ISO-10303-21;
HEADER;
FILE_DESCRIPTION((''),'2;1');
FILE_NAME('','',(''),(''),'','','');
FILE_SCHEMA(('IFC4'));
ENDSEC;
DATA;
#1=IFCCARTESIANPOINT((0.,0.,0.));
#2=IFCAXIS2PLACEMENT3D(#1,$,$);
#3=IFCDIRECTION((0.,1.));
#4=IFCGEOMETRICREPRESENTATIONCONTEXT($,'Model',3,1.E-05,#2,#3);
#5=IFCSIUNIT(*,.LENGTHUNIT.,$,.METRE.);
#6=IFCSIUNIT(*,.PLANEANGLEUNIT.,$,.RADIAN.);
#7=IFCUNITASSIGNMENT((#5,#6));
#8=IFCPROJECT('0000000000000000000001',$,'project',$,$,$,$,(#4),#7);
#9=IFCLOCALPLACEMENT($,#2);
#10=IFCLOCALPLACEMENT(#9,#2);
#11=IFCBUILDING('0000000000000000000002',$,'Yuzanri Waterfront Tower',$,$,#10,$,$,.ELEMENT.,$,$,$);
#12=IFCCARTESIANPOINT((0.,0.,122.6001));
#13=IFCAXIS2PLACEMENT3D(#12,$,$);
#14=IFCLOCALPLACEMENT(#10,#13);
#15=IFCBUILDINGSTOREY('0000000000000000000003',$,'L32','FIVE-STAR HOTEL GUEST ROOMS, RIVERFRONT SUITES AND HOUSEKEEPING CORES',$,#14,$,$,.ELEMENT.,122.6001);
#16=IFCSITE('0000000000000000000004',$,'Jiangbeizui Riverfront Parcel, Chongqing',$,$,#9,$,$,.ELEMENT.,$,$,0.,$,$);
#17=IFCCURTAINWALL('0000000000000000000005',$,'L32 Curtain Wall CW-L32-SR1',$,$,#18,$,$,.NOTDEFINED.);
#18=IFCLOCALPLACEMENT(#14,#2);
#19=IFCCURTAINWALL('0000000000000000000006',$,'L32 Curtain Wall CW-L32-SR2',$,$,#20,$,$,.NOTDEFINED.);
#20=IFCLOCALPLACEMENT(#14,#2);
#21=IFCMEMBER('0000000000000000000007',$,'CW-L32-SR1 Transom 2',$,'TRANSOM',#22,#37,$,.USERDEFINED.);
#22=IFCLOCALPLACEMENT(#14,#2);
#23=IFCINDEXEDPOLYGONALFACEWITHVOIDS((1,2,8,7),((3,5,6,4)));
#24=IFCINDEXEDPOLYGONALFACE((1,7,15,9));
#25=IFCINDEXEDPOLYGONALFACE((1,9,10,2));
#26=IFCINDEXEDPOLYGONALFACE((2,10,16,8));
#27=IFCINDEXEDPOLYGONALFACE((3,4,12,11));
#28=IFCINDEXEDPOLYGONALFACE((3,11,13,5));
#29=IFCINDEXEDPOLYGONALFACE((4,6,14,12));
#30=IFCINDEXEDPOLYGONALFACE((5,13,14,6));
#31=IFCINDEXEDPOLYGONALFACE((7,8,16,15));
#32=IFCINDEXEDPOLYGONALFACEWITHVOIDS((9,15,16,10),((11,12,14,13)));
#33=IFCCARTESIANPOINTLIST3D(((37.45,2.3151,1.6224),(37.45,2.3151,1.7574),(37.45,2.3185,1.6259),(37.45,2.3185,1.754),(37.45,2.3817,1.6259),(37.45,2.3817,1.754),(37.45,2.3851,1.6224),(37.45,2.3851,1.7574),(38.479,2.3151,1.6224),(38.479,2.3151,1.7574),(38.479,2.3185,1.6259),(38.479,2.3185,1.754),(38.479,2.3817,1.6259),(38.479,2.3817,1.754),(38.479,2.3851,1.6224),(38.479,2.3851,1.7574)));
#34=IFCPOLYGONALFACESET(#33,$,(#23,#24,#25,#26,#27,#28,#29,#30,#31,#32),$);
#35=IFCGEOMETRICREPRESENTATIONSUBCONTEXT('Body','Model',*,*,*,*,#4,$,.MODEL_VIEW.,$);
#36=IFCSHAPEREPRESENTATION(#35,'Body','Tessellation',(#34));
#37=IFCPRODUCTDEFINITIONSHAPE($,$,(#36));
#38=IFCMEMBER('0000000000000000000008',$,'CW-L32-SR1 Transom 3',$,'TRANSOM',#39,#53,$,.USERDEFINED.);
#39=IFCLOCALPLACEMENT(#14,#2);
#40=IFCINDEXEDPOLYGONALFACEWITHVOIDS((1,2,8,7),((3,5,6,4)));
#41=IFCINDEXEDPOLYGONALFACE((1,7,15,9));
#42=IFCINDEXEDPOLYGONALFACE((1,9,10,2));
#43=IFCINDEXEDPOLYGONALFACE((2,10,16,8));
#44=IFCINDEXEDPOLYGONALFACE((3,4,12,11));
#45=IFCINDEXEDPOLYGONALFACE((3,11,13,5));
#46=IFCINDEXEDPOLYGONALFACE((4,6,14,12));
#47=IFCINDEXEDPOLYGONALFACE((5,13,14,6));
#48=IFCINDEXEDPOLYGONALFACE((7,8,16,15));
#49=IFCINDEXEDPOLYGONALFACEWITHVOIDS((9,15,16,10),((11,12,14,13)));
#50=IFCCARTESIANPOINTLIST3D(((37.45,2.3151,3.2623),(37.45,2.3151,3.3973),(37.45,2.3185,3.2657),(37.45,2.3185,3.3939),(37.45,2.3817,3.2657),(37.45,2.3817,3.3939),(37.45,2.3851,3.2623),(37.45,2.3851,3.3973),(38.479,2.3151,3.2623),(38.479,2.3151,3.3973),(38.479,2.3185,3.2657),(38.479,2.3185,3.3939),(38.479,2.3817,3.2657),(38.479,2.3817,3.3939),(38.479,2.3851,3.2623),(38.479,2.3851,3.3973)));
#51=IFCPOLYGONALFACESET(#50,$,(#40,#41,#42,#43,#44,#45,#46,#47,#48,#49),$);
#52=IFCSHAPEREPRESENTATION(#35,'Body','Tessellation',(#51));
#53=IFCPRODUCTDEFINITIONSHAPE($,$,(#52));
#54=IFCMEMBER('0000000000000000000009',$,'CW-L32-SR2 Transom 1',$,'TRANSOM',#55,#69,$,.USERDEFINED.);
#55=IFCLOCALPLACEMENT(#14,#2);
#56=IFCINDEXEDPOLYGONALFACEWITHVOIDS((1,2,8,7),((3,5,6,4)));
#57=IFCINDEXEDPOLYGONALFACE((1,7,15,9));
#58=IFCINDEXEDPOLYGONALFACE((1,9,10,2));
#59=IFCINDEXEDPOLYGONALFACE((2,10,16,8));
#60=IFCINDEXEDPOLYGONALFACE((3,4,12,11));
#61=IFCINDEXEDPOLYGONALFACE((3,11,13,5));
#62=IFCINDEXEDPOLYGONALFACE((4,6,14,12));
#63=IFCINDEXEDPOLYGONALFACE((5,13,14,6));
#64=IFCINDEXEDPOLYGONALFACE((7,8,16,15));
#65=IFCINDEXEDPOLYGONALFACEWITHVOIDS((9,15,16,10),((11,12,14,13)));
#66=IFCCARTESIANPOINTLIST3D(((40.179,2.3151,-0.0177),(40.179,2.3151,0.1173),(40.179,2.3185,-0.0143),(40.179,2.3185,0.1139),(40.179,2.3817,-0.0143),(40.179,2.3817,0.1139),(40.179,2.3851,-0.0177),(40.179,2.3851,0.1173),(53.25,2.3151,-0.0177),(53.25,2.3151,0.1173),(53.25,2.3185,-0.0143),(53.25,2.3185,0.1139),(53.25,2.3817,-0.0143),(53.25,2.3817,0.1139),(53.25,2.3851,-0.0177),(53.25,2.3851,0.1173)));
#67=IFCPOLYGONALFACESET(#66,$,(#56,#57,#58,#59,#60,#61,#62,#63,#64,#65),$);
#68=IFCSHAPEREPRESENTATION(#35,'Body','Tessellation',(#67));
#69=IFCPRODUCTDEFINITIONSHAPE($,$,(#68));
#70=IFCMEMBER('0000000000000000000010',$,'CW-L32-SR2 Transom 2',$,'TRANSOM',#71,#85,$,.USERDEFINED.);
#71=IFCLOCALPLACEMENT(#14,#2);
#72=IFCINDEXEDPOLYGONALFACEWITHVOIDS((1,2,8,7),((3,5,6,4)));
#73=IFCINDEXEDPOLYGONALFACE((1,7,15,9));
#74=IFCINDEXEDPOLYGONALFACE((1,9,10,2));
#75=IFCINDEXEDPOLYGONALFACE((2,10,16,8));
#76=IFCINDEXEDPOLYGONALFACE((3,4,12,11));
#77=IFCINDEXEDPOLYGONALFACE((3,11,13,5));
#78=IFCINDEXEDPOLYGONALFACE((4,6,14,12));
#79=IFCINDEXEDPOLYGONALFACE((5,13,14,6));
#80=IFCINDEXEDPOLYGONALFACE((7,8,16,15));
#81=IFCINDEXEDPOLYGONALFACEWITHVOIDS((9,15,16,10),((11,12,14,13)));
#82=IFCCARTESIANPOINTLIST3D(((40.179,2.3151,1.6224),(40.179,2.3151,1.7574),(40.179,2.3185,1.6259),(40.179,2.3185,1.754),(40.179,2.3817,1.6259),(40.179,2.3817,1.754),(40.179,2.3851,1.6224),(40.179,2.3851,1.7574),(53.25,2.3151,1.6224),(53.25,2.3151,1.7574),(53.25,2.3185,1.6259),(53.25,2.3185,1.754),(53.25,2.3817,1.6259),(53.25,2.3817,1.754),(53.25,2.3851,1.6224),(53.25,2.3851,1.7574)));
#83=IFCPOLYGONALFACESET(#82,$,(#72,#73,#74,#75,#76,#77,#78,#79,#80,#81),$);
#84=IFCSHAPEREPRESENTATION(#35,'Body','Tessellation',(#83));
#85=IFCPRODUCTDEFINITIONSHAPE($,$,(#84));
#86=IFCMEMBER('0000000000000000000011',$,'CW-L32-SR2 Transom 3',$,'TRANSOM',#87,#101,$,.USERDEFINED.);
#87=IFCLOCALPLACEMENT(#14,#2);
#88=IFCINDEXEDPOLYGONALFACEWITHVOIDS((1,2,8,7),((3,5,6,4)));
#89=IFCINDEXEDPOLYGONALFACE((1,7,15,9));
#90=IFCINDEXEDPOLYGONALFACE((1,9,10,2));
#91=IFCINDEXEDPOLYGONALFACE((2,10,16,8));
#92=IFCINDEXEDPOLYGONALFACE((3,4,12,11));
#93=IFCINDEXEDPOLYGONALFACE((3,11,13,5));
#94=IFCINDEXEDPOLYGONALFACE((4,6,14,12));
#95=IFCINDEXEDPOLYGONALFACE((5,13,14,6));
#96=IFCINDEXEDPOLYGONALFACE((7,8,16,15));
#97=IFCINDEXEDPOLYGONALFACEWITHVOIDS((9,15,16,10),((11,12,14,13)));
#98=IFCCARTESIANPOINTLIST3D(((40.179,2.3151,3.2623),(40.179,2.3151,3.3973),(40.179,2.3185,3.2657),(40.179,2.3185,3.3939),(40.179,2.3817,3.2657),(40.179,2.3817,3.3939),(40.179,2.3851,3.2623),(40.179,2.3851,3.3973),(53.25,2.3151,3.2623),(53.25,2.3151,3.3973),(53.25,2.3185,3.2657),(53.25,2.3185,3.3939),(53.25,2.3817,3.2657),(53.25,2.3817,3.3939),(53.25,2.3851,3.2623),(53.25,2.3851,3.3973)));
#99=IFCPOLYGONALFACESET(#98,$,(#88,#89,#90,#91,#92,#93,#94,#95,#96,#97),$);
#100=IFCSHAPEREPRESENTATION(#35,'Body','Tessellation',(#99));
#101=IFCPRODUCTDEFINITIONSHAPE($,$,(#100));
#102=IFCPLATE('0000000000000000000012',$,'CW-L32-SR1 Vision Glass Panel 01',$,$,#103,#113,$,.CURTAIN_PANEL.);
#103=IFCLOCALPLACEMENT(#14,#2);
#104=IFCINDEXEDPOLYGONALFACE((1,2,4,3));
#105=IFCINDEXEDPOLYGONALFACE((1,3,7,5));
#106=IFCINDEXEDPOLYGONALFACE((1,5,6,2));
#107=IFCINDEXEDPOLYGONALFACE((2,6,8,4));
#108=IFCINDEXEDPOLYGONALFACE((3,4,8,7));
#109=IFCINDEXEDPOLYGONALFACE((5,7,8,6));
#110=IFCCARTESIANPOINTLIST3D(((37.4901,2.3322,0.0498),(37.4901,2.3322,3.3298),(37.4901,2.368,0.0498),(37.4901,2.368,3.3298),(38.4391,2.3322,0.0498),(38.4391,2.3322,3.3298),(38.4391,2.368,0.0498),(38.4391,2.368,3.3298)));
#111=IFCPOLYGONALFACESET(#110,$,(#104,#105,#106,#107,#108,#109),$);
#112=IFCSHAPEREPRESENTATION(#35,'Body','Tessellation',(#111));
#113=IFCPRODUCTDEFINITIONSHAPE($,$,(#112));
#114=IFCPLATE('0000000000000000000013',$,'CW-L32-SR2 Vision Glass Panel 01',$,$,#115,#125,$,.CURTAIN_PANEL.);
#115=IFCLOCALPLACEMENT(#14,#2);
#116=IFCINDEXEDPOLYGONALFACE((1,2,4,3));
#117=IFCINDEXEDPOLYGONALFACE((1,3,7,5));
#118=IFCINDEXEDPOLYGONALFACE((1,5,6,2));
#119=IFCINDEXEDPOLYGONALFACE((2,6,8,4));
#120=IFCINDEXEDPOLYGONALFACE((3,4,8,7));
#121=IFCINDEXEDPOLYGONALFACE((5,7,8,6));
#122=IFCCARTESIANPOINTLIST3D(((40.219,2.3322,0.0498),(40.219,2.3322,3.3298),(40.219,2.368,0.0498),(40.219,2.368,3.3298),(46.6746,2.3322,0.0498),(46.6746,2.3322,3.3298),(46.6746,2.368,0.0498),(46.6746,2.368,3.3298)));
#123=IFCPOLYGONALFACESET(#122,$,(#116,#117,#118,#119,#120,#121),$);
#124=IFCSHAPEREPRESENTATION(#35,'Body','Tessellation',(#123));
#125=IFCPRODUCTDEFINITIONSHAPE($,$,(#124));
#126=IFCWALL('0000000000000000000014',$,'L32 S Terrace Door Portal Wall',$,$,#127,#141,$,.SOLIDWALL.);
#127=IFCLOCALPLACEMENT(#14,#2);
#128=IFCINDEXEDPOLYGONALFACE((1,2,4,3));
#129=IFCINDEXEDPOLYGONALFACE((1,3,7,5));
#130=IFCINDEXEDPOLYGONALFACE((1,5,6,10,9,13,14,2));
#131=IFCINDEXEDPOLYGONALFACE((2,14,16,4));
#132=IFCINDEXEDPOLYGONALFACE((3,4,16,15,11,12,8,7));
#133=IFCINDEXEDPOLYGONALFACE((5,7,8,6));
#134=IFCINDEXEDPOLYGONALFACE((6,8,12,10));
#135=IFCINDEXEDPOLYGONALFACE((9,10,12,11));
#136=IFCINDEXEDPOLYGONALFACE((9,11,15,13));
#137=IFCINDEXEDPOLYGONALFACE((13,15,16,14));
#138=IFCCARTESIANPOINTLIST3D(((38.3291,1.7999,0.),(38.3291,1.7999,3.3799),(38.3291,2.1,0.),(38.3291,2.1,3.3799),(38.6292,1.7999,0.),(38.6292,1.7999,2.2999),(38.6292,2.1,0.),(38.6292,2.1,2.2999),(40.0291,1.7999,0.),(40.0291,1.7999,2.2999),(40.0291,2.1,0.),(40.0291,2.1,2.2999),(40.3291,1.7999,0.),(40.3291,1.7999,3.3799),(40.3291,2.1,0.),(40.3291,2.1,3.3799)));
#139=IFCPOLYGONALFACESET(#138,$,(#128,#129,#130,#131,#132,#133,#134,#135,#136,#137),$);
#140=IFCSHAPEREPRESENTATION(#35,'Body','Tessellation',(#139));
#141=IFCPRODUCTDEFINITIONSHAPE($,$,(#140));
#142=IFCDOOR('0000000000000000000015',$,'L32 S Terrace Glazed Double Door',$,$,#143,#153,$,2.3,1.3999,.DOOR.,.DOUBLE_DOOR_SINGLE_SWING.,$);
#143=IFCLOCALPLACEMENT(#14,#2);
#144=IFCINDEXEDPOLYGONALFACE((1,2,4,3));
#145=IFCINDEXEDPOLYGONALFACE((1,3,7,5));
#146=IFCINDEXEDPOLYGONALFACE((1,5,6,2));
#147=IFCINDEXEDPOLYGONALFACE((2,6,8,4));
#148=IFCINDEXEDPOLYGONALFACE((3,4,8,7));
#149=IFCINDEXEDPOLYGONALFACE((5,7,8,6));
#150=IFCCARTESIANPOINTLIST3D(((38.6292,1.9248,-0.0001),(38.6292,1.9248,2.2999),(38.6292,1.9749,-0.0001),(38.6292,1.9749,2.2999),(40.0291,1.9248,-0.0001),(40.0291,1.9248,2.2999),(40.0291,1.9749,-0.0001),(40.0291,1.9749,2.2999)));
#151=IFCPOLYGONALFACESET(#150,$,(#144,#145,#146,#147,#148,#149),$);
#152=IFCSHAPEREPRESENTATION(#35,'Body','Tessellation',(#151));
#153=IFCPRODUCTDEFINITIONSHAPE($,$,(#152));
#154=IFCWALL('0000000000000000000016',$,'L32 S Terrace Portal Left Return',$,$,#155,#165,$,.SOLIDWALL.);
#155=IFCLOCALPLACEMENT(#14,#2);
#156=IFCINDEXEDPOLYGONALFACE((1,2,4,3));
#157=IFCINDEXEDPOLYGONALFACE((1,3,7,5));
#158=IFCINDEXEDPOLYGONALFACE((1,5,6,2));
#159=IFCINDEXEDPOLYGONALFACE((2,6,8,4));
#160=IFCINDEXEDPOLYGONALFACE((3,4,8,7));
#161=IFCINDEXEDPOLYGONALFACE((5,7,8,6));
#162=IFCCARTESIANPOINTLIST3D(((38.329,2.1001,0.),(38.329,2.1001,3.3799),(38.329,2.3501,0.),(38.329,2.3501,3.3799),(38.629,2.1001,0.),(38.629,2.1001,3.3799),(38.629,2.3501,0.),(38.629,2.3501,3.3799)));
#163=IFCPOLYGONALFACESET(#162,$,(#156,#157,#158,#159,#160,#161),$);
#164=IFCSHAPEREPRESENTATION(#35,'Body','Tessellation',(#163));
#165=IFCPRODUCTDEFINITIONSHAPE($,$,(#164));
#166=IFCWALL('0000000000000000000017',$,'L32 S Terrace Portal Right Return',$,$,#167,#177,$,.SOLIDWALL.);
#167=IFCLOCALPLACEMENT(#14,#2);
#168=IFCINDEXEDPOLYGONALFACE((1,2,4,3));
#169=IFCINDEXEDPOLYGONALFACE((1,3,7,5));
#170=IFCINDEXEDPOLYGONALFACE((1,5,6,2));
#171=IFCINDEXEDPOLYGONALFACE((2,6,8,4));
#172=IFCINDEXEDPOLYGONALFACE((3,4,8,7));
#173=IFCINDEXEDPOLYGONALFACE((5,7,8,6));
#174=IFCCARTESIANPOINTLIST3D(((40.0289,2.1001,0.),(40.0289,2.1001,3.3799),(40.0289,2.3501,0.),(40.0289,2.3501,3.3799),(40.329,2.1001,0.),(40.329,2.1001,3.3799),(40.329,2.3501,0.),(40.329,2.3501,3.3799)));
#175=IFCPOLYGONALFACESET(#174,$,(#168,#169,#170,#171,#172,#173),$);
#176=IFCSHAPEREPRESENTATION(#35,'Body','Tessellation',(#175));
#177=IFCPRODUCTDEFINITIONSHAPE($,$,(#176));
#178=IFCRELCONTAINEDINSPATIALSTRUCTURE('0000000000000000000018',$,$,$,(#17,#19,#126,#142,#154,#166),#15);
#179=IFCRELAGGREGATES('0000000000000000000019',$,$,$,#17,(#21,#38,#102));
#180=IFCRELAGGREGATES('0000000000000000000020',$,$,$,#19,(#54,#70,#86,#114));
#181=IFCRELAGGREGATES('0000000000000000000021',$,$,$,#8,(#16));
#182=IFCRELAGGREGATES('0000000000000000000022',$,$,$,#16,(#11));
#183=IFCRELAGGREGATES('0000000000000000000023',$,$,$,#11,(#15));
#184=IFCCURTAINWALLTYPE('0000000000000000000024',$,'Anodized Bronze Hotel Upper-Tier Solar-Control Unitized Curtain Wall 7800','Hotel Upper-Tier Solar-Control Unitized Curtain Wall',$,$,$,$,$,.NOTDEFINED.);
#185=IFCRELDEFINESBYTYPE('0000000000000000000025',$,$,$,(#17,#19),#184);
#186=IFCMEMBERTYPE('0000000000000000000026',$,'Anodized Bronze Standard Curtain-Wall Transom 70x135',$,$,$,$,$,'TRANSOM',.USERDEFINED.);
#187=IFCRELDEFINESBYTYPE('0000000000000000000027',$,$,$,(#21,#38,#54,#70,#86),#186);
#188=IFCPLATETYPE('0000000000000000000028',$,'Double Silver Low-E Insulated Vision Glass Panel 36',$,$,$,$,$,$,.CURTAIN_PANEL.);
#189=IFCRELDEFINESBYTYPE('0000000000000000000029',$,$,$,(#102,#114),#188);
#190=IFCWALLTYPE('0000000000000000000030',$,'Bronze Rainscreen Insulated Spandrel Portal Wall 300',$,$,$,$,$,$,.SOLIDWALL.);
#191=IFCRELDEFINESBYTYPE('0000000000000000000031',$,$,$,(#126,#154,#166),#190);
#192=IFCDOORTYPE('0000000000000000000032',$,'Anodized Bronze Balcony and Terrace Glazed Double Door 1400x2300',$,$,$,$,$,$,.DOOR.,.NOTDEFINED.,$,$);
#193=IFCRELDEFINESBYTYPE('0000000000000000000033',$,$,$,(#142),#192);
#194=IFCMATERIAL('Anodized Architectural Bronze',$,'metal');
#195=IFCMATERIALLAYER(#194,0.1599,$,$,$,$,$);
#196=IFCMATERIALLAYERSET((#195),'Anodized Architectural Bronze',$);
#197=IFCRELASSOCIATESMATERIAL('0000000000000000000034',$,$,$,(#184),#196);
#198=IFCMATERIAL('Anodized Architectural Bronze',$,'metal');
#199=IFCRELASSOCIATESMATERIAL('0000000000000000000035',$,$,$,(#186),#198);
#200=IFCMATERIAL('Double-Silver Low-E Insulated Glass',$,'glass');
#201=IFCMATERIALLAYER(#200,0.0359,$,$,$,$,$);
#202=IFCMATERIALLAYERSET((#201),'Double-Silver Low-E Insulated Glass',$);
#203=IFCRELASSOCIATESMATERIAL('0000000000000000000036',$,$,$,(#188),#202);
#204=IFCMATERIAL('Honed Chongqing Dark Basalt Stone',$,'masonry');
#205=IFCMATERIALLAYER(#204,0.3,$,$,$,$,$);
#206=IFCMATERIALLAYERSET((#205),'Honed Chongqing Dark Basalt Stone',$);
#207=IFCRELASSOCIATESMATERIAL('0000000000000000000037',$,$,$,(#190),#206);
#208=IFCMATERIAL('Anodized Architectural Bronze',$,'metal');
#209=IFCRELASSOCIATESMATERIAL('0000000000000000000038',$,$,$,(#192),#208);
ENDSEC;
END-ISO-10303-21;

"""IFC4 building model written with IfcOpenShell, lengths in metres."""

from ifc_helpers import new_model, si_unit, direction, frame, frame_2d, origin, origin_2d, place, context, subcontext, project, spatial, rectangle, hollow_rectangle, extrude, source, transform, mapped, material, layer, layer_set, material_profile, profile_set, type_object, element, fill, aggregate, save


model = new_model("IFC4")

# Units and contexts
model_context = context("Model", 3, precision=1e-05, world=origin(), true_north=direction((0.0, 1.0)))
body_context = subcontext(model_context, "Body", "Model", "MODEL_VIEW")
ifc_project = project(units=[si_unit("LENGTHUNIT", "METRE"), si_unit("PLANEANGLEUNIT", "RADIAN")], contexts=[model_context])

# Site, building, storey
site_placement = place(None, origin())
site = spatial("IfcSite", under=ifc_project, at=site_placement, Name="Jiangbeizui Riverfront Parcel, Chongqing", CompositionType="ELEMENT", RefElevation=0.0)
building_placement = place(site_placement, origin())
building = spatial("IfcBuilding", under=site, at=building_placement, Name="Yuzanri Waterfront Tower", CompositionType="ELEMENT")
storey_placement = place(building_placement, frame((0.0, 0.0, 122.6001)))
storey = spatial("IfcBuildingStorey", under=building, at=storey_placement, Name="L32", Description="FIVE-STAR HOTEL GUEST ROOMS, RIVERFRONT SUITES AND HOUSEKEEPING CORES", CompositionType="ELEMENT", Elevation=122.6001)

# Curtain walls
ifc_material_1 = material(Name="Anodized Architectural Bronze", Category="metal")
ifc_layer_1 = layer(ifc_material_1, 0.1599)
ifc_layer_set_1 = layer_set([ifc_layer_1], Name="Anodized Architectural Bronze")
curtain_wall_type = type_object("IfcCurtainWallType", Name="Anodized Bronze Hotel Upper-Tier Solar-Control Unitized Curtain Wall 7800", Description="Hotel Upper-Tier Solar-Control Unitized Curtain Wall", PredefinedType="NOTDEFINED", material=ifc_layer_set_1)
curtain_wall_1_placement = place(storey_placement, origin())
curtain_wall_1 = element("IfcCurtainWall", 1, at=curtain_wall_1_placement, inside=storey, type_object=curtain_wall_type, Name="L32 Curtain Wall CW-L32-SR1", PredefinedType="NOTDEFINED")
curtain_wall_2_placement = place(storey_placement, origin())
curtain_wall_2 = element("IfcCurtainWall", 2, at=curtain_wall_2_placement, inside=storey, type_object=curtain_wall_type, Name="L32 Curtain Wall CW-L32-SR2", PredefinedType="NOTDEFINED")

# Members
ifc_material_2 = material(Name="Anodized Architectural Bronze", Category="metal")
ifc_material_profile_1 = material_profile(ifc_material_2, hollow_rectangle(XDim=0.0701, YDim=0.135, WallThickness=0.0034, at=origin_2d()), Name="CWT 70x135")
ifc_profile_set_1 = profile_set([ifc_material_profile_1], Name="Anodized Architectural Bronze")
member_type_1 = type_object("IfcMemberType", Name="Anodized Bronze Standard Curtain-Wall Transom 70x135", ElementType="TRANSOM", PredefinedType="USERDEFINED", material=ifc_profile_set_1)
shared_shape_1 = source(origin(), body_context, "Body", "SweptSolid", [
    extrude(hollow_rectangle(XDim=0.0701, YDim=0.135, WallThickness=0.0034, at=origin_2d()), origin(), (0.0, 0.0, 1.0), 1.0291),
])
member_1_placement = place(storey_placement, frame((37.45, 2.3501, 1.6899), z_axis=(1.0, 0.0, 0.0), x_axis=(0.0, 1.0, 0.0)))
member_1 = element("IfcMember", 3, at=member_1_placement, type_object=member_type_1, Name="CW-L32-SR1 Transom 2", ObjectType="TRANSOM", PredefinedType="USERDEFINED", context=body_context, shape_type="MappedRepresentation", body=[
    mapped(shared_shape_1, transform((0.0, 0.0, 0.0), scale=1.0)),
])
member_2_placement = place(storey_placement, frame((37.45, 2.3501, 3.3298), z_axis=(1.0, 0.0, 0.0), x_axis=(0.0, 1.0, 0.0)))
member_2 = element("IfcMember", 4, at=member_2_placement, type_object=member_type_1, Name="CW-L32-SR1 Transom 3", ObjectType="TRANSOM", PredefinedType="USERDEFINED", context=body_context, shape_type="MappedRepresentation", body=[
    mapped(shared_shape_1, transform((0.0, 0.0, 0.0), scale=1.0)),
])
shared_shape_2 = source(origin(), body_context, "Body", "SweptSolid", [
    extrude(hollow_rectangle(XDim=0.0701, YDim=0.135, WallThickness=0.0034, at=origin_2d()), origin(), (0.0, 0.0, 1.0), 13.071),
])
member_3_placement = place(storey_placement, frame((40.179, 2.3501, 0.0498), z_axis=(1.0, 0.0, 0.0), x_axis=(0.0, 1.0, 0.0)))
member_3 = element("IfcMember", 5, at=member_3_placement, type_object=member_type_1, Name="CW-L32-SR2 Transom 1", ObjectType="TRANSOM", PredefinedType="USERDEFINED", context=body_context, shape_type="MappedRepresentation", body=[
    mapped(shared_shape_2, transform((0.0, 0.0, 0.0), scale=1.0)),
])
member_4_placement = place(storey_placement, frame((40.179, 2.3501, 1.6899), z_axis=(1.0, 0.0, 0.0), x_axis=(0.0, 1.0, 0.0)))
member_4 = element("IfcMember", 6, at=member_4_placement, type_object=member_type_1, Name="CW-L32-SR2 Transom 2", ObjectType="TRANSOM", PredefinedType="USERDEFINED", context=body_context, shape_type="MappedRepresentation", body=[
    mapped(shared_shape_2, transform((0.0, 0.0, 0.0), scale=1.0)),
])
member_5_placement = place(storey_placement, frame((40.179, 2.3501, 3.3298), z_axis=(1.0, 0.0, 0.0), x_axis=(0.0, 1.0, 0.0)))
member_5 = element("IfcMember", 7, at=member_5_placement, type_object=member_type_1, Name="CW-L32-SR2 Transom 3", ObjectType="TRANSOM", PredefinedType="USERDEFINED", context=body_context, shape_type="MappedRepresentation", body=[
    mapped(shared_shape_2, transform((0.0, 0.0, 0.0), scale=1.0)),
])

# Plates
ifc_material_3 = material(Name="Double-Silver Low-E Insulated Glass", Category="glass")
ifc_layer_2 = layer(ifc_material_3, 0.0359)
ifc_layer_set_2 = layer_set([ifc_layer_2], Name="Double-Silver Low-E Insulated Glass")
plate_type = type_object("IfcPlateType", Name="Double Silver Low-E Insulated Vision Glass Panel 36", PredefinedType="CURTAIN_PANEL", material=ifc_layer_set_2)
shared_shape_3 = source(origin(), body_context, "Body", "SweptSolid", [
    extrude(rectangle(XDim=0.949, YDim=0.0359, at=origin_2d()), origin(), (0.0, 0.0, 1.0), 3.28),
])
plate_1_placement = place(storey_placement, frame((37.9646, 2.3501, 0.0498), z_axis=(0.0, 0.0, 1.0), x_axis=(1.0, 0.0, 0.0)))
plate_1 = element("IfcPlate", 8, at=plate_1_placement, type_object=plate_type, Name="CW-L32-SR1 Vision Glass Panel 01", PredefinedType="CURTAIN_PANEL", context=body_context, shape_type="MappedRepresentation", body=[
    mapped(shared_shape_3, transform((0.0, 0.0, 0.0), scale=1.0)),
])
aggregate(curtain_wall_1, [member_1, member_2, plate_1])
shared_shape_4 = source(origin(), body_context, "Body", "SweptSolid", [
    extrude(rectangle(XDim=6.4556, YDim=0.0359, at=origin_2d()), origin(), (0.0, 0.0, 1.0), 3.28),
])
plate_2_placement = place(storey_placement, frame((43.4468, 2.3501, 0.0498), z_axis=(0.0, 0.0, 1.0), x_axis=(1.0, 0.0, 0.0)))
plate_2 = element("IfcPlate", 9, at=plate_2_placement, type_object=plate_type, Name="CW-L32-SR2 Vision Glass Panel 01", PredefinedType="CURTAIN_PANEL", context=body_context, shape_type="MappedRepresentation", body=[
    mapped(shared_shape_4, transform((0.0, 0.0, 0.0), scale=1.0)),
])
aggregate(curtain_wall_2, [member_3, member_4, member_5, plate_2])

# Wall, opening, door
ifc_material_4 = material(Name="Honed Chongqing Dark Basalt Stone", Category="masonry")
ifc_layer_3 = layer(ifc_material_4, 0.3)
ifc_layer_set_3 = layer_set([ifc_layer_3], Name="Honed Chongqing Dark Basalt Stone")
wall_type = type_object("IfcWallType", Name="Bronze Rainscreen Insulated Spandrel Portal Wall 300", PredefinedType="SOLIDWALL", material=ifc_layer_set_3)
wall_placement = place(storey_placement, frame((38.3291, 1.95, 0.0), z_axis=(0.0, 0.0, 1.0), x_axis=(1.0, 0.0, 0.0)))
wall = element("IfcWall", 10, at=wall_placement, inside=storey, type_object=wall_type, Name="L32 S Terrace Door Portal Wall", PredefinedType="SOLIDWALL", context=body_context, shape_type="SweptSolid", body=[
    extrude(rectangle(XDim=2.0, YDim=0.3, at=frame_2d((1.0, 0.0))), origin(), (0.0, 0.0, 1.0), 3.3799),
])
opening_placement = place(wall_placement, frame((0.3, 0.0, 0.0)))
opening = element("IfcOpeningElement", 11, at=opening_placement, cuts=wall, PredefinedType="OPENING", context=body_context, shape_type="SweptSolid", body=[
    extrude(rectangle(XDim=1.3999, YDim=2.3, at=frame_2d((0.7, 1.1499))), frame((0.0, 0.165, 0.0), z_axis=(0.0, -1.0, 0.0), x_axis=(1.0, 0.0, 0.0)), (0.0, 0.0, 1.0), 0.3298),
])
ifc_material_5 = material(Name="Anodized Architectural Bronze", Category="metal")
door_type = type_object("IfcDoorType", Name="Anodized Bronze Balcony and Terrace Glazed Double Door 1400x2300", OperationType="NOTDEFINED", PredefinedType="DOOR", material=ifc_material_5)
shared_shape_5 = source(origin(), body_context, "Body", "SweptSolid", [
    extrude(rectangle(XDim=1.3999, YDim=2.3, at=frame_2d((0.7, 1.1499))), frame((0.0, 0.0249, 0.0), z_axis=(0.0, -1.0, 0.0), x_axis=(1.0, 0.0, 0.0)), (0.0, 0.0, 1.0), 0.05),
])
door_placement = place(opening_placement, origin())
door = element("IfcDoor", 12, at=door_placement, inside=storey, type_object=door_type, Name="L32 S Terrace Glazed Double Door", OperationType="DOUBLE_DOOR_SINGLE_SWING", OverallHeight=2.3, OverallWidth=1.3999, PredefinedType="DOOR", context=body_context, shape_type="MappedRepresentation", body=[
    mapped(shared_shape_5, transform((0.0, 0.0, 0.0), scale=1.0)),
])
fill(opening, door)

# Walls
shared_shape_6 = source(origin(), body_context, "Body", "SweptSolid", [
    extrude(rectangle(XDim=0.25, YDim=0.3, at=frame_2d((0.125, 0.0))), origin(), (0.0, 0.0, 1.0), 3.3799),
])
for number, where, z_axis, x_axis, name in (
    (13, (38.479, 2.3501, 0.0), (0.0, 0.0, 1.0), (0.0, -1.0, 0.0), "L32 S Terrace Portal Left Return"),
    (14, (40.179, 2.1001, 0.0), (0.0, 0.0, 1.0), (0.0, 1.0, 0.0), "L32 S Terrace Portal Right Return"),
):
    element("IfcWall", number, at=place(storey_placement, frame(where, z_axis=z_axis, x_axis=x_axis)), inside=storey, type_object=wall_type, Name=name, PredefinedType="SOLIDWALL", context=body_context, shape_type="MappedRepresentation", body=[
        mapped(shared_shape_6, transform((0.0, 0.0, 0.0), scale=1.0)),
    ])

save(model, "model.ifc")
